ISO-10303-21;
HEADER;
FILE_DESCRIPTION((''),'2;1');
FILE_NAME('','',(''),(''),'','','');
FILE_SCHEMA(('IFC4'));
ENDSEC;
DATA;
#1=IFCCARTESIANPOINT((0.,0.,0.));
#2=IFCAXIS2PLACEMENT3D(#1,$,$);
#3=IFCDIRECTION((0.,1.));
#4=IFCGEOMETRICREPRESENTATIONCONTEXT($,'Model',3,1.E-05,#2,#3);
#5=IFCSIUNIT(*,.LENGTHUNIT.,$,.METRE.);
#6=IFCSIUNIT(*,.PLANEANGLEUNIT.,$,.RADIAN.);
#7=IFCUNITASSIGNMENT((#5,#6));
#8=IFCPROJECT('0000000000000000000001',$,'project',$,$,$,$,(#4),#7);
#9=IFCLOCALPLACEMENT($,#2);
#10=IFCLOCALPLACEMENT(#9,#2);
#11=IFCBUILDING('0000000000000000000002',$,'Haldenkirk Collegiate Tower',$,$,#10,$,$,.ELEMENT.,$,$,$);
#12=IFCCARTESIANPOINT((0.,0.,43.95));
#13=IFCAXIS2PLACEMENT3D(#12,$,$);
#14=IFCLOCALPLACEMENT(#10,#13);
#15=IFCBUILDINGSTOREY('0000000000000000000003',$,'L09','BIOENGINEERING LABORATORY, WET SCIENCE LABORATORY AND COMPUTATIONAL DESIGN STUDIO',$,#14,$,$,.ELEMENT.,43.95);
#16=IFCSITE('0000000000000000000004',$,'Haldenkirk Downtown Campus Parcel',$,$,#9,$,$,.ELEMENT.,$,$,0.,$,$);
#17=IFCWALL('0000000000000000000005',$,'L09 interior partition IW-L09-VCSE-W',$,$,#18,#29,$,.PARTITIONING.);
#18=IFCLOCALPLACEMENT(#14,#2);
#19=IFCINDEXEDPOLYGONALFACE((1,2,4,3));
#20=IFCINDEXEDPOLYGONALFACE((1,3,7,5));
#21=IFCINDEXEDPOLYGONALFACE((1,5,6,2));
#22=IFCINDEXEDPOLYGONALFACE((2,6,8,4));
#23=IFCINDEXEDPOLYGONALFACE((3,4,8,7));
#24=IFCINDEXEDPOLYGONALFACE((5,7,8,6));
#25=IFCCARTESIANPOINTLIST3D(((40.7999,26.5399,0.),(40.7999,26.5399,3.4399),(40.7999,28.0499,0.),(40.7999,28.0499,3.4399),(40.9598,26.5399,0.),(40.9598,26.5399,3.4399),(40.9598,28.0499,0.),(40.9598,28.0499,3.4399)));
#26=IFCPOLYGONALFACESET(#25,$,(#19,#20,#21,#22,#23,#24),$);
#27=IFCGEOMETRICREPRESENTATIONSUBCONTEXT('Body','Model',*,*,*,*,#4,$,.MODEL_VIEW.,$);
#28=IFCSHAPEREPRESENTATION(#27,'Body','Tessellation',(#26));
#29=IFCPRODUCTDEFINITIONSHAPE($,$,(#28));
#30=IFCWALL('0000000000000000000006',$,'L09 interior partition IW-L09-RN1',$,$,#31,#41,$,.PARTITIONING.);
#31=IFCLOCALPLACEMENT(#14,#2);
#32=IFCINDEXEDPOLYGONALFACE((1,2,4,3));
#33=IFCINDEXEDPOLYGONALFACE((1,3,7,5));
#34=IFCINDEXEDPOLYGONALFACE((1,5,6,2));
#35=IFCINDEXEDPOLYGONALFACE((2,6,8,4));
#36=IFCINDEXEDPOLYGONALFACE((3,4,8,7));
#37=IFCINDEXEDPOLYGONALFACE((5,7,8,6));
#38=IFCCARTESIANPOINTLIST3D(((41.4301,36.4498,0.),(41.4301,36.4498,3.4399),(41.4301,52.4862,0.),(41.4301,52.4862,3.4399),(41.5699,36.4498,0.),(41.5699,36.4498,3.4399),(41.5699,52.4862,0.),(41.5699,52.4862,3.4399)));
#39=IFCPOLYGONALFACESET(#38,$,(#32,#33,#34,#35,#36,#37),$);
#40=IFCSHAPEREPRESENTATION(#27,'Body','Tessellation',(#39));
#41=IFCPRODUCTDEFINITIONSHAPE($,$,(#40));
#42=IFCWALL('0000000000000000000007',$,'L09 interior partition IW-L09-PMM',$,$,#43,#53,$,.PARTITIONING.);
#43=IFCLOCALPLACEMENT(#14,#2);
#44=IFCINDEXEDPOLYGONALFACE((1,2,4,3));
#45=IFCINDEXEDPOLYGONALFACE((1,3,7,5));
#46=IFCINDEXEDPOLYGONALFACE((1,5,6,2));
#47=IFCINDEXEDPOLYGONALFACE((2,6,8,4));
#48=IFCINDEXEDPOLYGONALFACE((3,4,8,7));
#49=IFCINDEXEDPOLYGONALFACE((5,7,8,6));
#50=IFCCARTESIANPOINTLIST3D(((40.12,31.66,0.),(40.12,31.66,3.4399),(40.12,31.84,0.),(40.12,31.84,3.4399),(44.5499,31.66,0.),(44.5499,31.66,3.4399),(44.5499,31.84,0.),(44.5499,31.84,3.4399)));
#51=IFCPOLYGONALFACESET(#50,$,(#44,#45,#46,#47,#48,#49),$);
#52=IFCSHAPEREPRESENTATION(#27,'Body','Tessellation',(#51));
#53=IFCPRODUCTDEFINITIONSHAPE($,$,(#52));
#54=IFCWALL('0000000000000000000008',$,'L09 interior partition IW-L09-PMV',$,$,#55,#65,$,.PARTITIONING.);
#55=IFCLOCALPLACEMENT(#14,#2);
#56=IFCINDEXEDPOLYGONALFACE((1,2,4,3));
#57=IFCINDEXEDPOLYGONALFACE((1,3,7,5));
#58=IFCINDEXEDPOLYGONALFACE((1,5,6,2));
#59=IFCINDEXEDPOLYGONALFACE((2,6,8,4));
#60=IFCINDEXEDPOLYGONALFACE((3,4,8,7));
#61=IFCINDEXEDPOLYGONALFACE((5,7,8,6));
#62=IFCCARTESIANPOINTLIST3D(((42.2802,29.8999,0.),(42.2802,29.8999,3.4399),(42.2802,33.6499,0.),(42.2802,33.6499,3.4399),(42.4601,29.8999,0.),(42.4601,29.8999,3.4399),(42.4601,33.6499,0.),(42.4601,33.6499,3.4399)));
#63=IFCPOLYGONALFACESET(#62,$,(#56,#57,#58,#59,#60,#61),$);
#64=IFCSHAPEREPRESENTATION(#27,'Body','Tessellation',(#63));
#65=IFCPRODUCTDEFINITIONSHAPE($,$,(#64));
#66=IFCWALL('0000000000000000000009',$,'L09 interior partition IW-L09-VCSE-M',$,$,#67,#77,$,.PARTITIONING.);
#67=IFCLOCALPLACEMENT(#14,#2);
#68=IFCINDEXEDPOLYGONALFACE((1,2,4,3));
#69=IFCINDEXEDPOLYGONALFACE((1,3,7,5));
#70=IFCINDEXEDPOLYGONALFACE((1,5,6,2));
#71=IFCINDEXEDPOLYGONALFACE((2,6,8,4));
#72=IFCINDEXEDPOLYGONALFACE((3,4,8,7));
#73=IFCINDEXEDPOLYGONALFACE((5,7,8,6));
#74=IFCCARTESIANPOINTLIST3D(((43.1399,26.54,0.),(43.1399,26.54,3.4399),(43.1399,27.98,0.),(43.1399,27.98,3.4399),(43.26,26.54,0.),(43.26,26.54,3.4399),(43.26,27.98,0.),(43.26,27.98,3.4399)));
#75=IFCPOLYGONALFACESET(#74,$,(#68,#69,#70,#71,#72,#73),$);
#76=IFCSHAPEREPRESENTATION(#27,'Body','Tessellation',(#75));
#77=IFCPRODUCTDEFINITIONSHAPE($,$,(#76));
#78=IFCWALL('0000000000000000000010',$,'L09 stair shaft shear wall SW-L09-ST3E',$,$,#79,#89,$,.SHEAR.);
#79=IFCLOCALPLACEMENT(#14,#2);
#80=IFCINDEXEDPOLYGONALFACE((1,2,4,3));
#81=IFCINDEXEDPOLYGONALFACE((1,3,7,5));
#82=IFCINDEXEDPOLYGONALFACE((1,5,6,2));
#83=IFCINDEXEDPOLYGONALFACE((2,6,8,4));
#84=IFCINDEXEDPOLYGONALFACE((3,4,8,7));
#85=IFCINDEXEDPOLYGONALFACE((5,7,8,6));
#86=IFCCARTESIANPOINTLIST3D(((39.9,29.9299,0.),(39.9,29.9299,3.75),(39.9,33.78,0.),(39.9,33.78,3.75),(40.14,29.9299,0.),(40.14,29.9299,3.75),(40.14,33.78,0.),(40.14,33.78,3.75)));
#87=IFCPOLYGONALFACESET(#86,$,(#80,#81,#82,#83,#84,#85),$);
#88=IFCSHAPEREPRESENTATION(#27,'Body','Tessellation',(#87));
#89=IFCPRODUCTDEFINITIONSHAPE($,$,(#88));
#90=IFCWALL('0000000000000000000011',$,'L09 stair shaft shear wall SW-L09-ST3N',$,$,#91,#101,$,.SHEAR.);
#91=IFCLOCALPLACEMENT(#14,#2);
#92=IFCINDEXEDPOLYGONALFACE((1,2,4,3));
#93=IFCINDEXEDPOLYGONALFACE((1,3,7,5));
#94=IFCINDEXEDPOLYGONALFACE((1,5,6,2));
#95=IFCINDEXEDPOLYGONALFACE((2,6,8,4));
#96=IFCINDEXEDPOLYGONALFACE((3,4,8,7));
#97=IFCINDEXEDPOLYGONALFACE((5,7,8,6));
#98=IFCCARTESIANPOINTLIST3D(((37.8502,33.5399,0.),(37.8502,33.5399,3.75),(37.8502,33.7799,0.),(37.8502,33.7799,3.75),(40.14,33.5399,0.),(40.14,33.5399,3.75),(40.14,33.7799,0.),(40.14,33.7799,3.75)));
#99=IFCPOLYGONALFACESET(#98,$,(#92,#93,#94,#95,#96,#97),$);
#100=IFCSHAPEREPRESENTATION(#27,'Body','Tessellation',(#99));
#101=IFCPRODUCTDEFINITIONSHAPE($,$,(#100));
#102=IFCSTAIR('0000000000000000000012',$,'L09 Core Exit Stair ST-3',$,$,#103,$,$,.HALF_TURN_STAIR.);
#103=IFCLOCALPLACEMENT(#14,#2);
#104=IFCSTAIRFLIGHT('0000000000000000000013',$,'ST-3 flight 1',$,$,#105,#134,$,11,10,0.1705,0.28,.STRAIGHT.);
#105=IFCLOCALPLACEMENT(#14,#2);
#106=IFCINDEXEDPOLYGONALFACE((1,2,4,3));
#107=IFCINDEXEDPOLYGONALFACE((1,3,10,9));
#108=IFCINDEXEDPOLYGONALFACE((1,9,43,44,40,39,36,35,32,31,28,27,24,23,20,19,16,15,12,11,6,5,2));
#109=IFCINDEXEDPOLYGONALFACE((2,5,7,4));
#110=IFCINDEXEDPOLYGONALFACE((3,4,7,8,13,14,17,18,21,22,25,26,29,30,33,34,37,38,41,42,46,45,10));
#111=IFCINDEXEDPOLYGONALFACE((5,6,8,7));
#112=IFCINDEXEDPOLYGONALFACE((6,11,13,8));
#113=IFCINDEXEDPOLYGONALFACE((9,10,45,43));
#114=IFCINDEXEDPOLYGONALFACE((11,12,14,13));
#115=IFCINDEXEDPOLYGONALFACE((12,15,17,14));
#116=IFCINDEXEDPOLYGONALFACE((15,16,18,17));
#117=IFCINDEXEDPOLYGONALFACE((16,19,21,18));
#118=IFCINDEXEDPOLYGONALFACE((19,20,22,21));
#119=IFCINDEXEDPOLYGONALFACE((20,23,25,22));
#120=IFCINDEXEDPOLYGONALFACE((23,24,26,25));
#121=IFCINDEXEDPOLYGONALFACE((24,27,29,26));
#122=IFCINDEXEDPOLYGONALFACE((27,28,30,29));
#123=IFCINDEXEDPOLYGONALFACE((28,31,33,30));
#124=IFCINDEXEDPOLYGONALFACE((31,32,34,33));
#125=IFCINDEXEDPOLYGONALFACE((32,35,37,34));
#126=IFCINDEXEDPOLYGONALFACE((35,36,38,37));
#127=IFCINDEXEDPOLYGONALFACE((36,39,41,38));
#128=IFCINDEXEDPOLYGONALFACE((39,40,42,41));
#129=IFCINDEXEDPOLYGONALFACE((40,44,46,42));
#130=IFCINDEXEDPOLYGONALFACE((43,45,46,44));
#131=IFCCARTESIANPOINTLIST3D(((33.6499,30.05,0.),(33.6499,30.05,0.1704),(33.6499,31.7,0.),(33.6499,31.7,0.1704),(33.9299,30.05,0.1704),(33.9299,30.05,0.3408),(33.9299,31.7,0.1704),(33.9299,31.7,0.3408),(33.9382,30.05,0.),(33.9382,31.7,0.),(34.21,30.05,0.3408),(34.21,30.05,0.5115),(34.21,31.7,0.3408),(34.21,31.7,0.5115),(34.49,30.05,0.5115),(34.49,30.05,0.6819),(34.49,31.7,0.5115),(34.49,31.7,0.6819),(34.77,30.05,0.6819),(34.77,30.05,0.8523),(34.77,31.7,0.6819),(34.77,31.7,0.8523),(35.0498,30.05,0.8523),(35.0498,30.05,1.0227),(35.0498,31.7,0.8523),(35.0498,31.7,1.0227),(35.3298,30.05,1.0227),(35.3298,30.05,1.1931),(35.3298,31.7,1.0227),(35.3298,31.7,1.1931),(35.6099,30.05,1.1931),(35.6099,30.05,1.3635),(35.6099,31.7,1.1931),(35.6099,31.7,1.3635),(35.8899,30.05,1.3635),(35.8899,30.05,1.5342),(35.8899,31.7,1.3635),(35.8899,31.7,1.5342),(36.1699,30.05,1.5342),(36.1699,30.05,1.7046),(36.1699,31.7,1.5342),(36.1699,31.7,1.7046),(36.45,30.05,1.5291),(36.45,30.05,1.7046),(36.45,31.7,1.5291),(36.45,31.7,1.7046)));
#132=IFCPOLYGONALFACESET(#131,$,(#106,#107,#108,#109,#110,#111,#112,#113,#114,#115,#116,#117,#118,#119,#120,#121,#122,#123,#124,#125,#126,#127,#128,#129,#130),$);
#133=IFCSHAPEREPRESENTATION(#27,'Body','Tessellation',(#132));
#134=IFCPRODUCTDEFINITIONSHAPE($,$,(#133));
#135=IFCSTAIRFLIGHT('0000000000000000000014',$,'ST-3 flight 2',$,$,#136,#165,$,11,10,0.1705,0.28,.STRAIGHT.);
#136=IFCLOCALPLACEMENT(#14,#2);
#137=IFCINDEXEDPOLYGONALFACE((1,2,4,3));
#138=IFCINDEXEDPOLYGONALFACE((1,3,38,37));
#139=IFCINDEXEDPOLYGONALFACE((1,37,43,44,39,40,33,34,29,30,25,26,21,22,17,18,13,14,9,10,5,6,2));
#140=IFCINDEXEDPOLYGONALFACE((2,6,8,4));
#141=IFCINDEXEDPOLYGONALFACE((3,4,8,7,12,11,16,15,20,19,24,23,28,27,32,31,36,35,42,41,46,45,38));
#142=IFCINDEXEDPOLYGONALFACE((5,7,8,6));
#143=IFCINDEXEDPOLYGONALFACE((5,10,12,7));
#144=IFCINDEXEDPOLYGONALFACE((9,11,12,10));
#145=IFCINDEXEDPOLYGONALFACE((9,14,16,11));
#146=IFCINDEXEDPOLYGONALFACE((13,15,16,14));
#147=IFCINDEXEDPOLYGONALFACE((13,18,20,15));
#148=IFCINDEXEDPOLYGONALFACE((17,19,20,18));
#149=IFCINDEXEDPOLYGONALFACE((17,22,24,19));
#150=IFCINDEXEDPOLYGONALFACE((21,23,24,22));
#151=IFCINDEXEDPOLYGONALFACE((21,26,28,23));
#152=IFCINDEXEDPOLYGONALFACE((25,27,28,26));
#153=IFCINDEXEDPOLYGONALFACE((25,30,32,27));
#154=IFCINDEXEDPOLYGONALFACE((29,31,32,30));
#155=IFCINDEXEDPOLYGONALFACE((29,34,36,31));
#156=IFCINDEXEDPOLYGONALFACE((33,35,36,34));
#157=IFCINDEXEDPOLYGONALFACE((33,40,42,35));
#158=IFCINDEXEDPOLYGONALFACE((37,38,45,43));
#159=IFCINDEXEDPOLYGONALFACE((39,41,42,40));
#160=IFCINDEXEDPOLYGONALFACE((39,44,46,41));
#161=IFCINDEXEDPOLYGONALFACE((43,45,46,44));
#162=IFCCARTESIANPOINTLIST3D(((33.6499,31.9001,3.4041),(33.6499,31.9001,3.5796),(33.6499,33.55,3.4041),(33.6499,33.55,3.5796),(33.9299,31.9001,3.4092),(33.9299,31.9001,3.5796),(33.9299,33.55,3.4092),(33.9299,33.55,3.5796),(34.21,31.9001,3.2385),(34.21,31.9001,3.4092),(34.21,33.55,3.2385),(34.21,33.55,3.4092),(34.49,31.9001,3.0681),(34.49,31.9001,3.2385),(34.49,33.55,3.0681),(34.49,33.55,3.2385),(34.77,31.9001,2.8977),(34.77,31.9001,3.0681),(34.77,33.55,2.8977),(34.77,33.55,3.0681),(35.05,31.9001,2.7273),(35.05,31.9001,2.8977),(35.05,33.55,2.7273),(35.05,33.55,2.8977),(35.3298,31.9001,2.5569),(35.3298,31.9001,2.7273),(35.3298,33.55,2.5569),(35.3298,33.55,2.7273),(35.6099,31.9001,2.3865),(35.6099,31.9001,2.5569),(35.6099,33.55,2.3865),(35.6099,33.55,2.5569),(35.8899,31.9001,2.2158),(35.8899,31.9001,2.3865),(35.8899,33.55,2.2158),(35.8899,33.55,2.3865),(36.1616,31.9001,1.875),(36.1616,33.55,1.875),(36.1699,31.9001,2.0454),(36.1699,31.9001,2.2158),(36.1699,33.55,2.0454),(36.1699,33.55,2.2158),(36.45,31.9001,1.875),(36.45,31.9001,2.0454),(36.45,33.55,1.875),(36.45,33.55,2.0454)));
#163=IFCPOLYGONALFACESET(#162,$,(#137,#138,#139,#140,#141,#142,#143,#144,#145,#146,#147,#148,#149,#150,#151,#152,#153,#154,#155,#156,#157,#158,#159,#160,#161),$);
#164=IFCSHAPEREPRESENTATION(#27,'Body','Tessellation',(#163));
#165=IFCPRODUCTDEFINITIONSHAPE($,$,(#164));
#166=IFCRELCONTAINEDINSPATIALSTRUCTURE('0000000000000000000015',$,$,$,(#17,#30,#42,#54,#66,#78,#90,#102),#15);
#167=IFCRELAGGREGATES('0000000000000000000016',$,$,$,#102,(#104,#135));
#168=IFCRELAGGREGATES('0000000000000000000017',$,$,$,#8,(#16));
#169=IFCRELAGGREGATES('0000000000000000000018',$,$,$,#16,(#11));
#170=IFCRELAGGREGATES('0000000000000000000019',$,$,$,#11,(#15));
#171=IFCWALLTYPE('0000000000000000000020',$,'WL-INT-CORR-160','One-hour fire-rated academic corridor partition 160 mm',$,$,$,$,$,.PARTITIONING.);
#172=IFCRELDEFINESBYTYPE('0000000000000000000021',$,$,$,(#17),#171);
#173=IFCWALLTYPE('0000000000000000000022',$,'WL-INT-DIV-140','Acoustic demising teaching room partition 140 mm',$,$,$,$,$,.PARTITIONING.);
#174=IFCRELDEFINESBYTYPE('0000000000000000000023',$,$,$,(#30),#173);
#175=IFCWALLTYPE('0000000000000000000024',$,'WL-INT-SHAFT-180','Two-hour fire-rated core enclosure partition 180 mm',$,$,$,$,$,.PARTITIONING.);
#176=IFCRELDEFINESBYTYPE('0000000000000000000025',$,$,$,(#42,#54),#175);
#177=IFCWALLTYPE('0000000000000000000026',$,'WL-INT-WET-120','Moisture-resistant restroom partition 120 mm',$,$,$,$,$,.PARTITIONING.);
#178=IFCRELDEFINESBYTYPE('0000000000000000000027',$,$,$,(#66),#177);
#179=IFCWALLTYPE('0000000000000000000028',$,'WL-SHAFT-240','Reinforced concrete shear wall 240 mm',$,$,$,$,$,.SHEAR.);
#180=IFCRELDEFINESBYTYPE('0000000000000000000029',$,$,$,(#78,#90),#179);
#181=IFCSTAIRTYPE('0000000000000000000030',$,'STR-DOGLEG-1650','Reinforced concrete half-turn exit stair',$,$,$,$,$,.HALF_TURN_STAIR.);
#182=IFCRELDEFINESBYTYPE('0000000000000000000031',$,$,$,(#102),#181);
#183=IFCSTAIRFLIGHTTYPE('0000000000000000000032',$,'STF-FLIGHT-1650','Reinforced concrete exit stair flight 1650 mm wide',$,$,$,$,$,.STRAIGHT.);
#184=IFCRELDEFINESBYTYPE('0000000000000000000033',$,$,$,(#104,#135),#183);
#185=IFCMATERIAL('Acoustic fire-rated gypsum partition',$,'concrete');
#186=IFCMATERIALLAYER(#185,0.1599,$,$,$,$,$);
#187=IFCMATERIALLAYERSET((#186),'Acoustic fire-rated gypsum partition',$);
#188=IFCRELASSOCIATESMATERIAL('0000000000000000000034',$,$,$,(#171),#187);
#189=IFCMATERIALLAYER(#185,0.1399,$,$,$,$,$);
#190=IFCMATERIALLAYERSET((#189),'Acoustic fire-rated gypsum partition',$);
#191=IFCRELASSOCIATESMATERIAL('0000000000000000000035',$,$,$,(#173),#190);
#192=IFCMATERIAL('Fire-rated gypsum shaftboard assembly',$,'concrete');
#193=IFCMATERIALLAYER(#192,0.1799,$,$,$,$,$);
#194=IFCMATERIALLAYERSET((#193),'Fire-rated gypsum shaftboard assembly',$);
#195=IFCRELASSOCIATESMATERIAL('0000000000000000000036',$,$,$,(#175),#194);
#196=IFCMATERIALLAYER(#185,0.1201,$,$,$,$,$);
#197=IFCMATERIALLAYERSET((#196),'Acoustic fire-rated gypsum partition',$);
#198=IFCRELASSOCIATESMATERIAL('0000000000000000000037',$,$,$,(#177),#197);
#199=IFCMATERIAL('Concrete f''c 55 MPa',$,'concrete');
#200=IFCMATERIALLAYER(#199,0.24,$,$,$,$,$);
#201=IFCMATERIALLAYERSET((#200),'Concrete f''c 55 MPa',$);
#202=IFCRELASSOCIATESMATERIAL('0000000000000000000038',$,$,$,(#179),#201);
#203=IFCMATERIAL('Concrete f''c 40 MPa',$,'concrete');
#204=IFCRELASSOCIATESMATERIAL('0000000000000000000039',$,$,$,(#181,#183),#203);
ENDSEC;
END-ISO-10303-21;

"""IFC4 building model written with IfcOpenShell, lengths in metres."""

from ifc_helpers import new_model, si_unit, direction, frame, frame_2d, origin, place, context, subcontext, project, spatial, polyline, rectangle, outline, extrude, material, layer, layer_set, type_object, element, aggregate, save


model = new_model("IFC4")

# Units and contexts
model_context = context("Model", 3, precision=1e-05, world=origin(), true_north=direction((0.0, 1.0)))
body_context = subcontext(model_context, "Body", "Model", "MODEL_VIEW")
ifc_project = project(units=[si_unit("LENGTHUNIT", "METRE"), si_unit("PLANEANGLEUNIT", "RADIAN")], contexts=[model_context])

# Site, building, storey
site_placement = place(None, origin())
site = spatial("IfcSite", under=ifc_project, at=site_placement, Name="Haldenkirk Downtown Campus Parcel", CompositionType="ELEMENT", RefElevation=0.0)
building_placement = place(site_placement, origin())
building = spatial("IfcBuilding", under=site, at=building_placement, Name="Haldenkirk Collegiate Tower", CompositionType="ELEMENT")
storey_placement = place(building_placement, frame((0.0, 0.0, 43.95)))
storey = spatial("IfcBuildingStorey", under=building, at=storey_placement, Name="L09", Description="BIOENGINEERING LABORATORY, WET SCIENCE LABORATORY AND COMPUTATIONAL DESIGN STUDIO", CompositionType="ELEMENT", Elevation=43.95)

# Shared definitions
ifc_material_1 = material(Name="Acoustic fire-rated gypsum partition", Category="concrete")
ifc_layer_1 = layer(ifc_material_1, 0.1599)
ifc_layer_set_1 = layer_set([ifc_layer_1], Name="Acoustic fire-rated gypsum partition")
wall_type_1 = type_object("IfcWallType", Name="WL-INT-CORR-160", Description="One-hour fire-rated academic corridor partition 160 mm", PredefinedType="PARTITIONING", material=ifc_layer_set_1)

# Walls
wall_1_placement = place(storey_placement, frame((40.8799, 26.54, 0.0), z_axis=(0.0, 0.0, 1.0), x_axis=(0.0, 1.0, 0.0)))
element("IfcWall", 1, at=wall_1_placement, inside=storey, type_object=wall_type_1, Name="L09 interior partition IW-L09-VCSE-W", PredefinedType="PARTITIONING", context=body_context, shape_type="SweptSolid", body=[
    extrude(rectangle(XDim=1.51, YDim=0.1599, at=frame_2d((0.7549, 0.0))), origin(), (0.0, 0.0, 1.0), 3.4399),
])
ifc_layer_2 = layer(ifc_material_1, 0.1399)
ifc_layer_set_2 = layer_set([ifc_layer_2], Name="Acoustic fire-rated gypsum partition")
wall_type_2 = type_object("IfcWallType", Name="WL-INT-DIV-140", Description="Acoustic demising teaching room partition 140 mm", PredefinedType="PARTITIONING", material=ifc_layer_set_2)
wall_2_placement = place(storey_placement, frame((41.5, 36.45, 0.0), z_axis=(0.0, 0.0, 1.0), x_axis=(0.0, 1.0, 0.0)))
element("IfcWall", 2, at=wall_2_placement, inside=storey, type_object=wall_type_2, Name="L09 interior partition IW-L09-RN1", PredefinedType="PARTITIONING", context=body_context, shape_type="SweptSolid", body=[
    extrude(rectangle(XDim=16.0364, YDim=0.1399, at=frame_2d((8.0181, 0.0))), origin(), (0.0, 0.0, 1.0), 3.4399),
])

# Shared definitions
ifc_material_2 = material(Name="Fire-rated gypsum shaftboard assembly", Category="concrete")
ifc_layer_3 = layer(ifc_material_2, 0.1799)
ifc_layer_set_3 = layer_set([ifc_layer_3], Name="Fire-rated gypsum shaftboard assembly")
wall_type_3 = type_object("IfcWallType", Name="WL-INT-SHAFT-180", Description="Two-hour fire-rated core enclosure partition 180 mm", PredefinedType="PARTITIONING", material=ifc_layer_set_3)

# Walls
wall_3_placement = place(storey_placement, frame((40.1201, 31.75, 0.0), z_axis=(0.0, 0.0, 1.0), x_axis=(1.0, 0.0, 0.0)))
element("IfcWall", 3, at=wall_3_placement, inside=storey, type_object=wall_type_3, Name="L09 interior partition IW-L09-PMM", PredefinedType="PARTITIONING", context=body_context, shape_type="SweptSolid", body=[
    extrude(rectangle(XDim=4.4299, YDim=0.1799, at=frame_2d((2.2148, 0.0))), origin(), (0.0, 0.0, 1.0), 3.4399),
])
wall_4_placement = place(storey_placement, frame((42.3701, 29.8999, 0.0), z_axis=(0.0, 0.0, 1.0), x_axis=(0.0, 1.0, 0.0)))
element("IfcWall", 4, at=wall_4_placement, inside=storey, type_object=wall_type_3, Name="L09 interior partition IW-L09-PMV", PredefinedType="PARTITIONING", context=body_context, shape_type="SweptSolid", body=[
    extrude(rectangle(XDim=3.75, YDim=0.1799, at=frame_2d((1.875, 0.0))), origin(), (0.0, 0.0, 1.0), 3.4399),
])
ifc_layer_4 = layer(ifc_material_1, 0.1201)
ifc_layer_set_4 = layer_set([ifc_layer_4], Name="Acoustic fire-rated gypsum partition")
wall_type_4 = type_object("IfcWallType", Name="WL-INT-WET-120", Description="Moisture-resistant restroom partition 120 mm", PredefinedType="PARTITIONING", material=ifc_layer_set_4)
wall_5_placement = place(storey_placement, frame((43.2, 26.54, 0.0), z_axis=(0.0, 0.0, 1.0), x_axis=(0.0, 1.0, 0.0)))
element("IfcWall", 5, at=wall_5_placement, inside=storey, type_object=wall_type_4, Name="L09 interior partition IW-L09-VCSE-M", PredefinedType="PARTITIONING", context=body_context, shape_type="SweptSolid", body=[
    extrude(rectangle(XDim=1.4399, YDim=0.1201, at=frame_2d((0.72, 0.0))), origin(), (0.0, 0.0, 1.0), 3.4399),
])
ifc_material_3 = material(Name="Concrete f'c 55 MPa", Category="concrete")
ifc_layer_5 = layer(ifc_material_3, 0.24)
ifc_layer_set_5 = layer_set([ifc_layer_5], Name="Concrete f'c 55 MPa")
wall_type_5 = type_object("IfcWallType", Name="WL-SHAFT-240", Description="Reinforced concrete shear wall 240 mm", PredefinedType="SHEAR", material=ifc_layer_set_5)
wall_6_placement = place(storey_placement, frame((40.02, 29.9299, 0.0), z_axis=(0.0, 0.0, 1.0), x_axis=(0.0, 1.0, 0.0)))
element("IfcWall", 6, at=wall_6_placement, inside=storey, type_object=wall_type_5, Name="L09 stair shaft shear wall SW-L09-ST3E", PredefinedType="SHEAR", context=body_context, shape_type="SweptSolid", body=[
    extrude(rectangle(XDim=3.8501, YDim=0.24, at=frame_2d((1.925, 0.0))), origin(), (0.0, 0.0, 1.0), 3.75),
])
wall_7_placement = place(storey_placement, frame((37.8501, 33.6599, 0.0), z_axis=(0.0, 0.0, 1.0), x_axis=(1.0, 0.0, 0.0)))
element("IfcWall", 7, at=wall_7_placement, inside=storey, type_object=wall_type_5, Name="L09 stair shaft shear wall SW-L09-ST3N", PredefinedType="SHEAR", context=body_context, shape_type="SweptSolid", body=[
    extrude(rectangle(XDim=2.2898, YDim=0.24, at=frame_2d((1.145, 0.0))), origin(), (0.0, 0.0, 1.0), 3.75),
])

# Stair, stair flights
ifc_material_4 = material(Name="Concrete f'c 40 MPa", Category="concrete")
stair_type = type_object("IfcStairType", Name="STR-DOGLEG-1650", Description="Reinforced concrete half-turn exit stair", PredefinedType="HALF_TURN_STAIR", material=ifc_material_4)
stair_placement = place(storey_placement, origin())
stair = element("IfcStair", 8, at=stair_placement, inside=storey, type_object=stair_type, Name="L09 Core Exit Stair ST-3", PredefinedType="HALF_TURN_STAIR")
stair_flight_type = type_object("IfcStairFlightType", Name="STF-FLIGHT-1650", Description="Reinforced concrete exit stair flight 1650 mm wide", PredefinedType="STRAIGHT", material=ifc_material_4)
stair_flight_1_placement = place(storey_placement, frame((33.6499, 30.875, 0.0), z_axis=(0.0, 0.0, 1.0), x_axis=(1.0, 0.0, 0.0)))
stair_flight_1 = element("IfcStairFlight", 9, at=stair_flight_1_placement, type_object=stair_flight_type, Name="ST-3 flight 1", NumberOfRisers=11, NumberOfTreads=10, PredefinedType="STRAIGHT", RiserHeight=0.1705, TreadLength=0.28, context=body_context, shape_type="SweptSolid", body=[
    extrude(outline(polyline([(0.0, 0.0), (0.0, 0.1704), (0.28, 0.1704), (0.28, 0.3408), (0.5601, 0.3408), (0.5601, 0.5115), (0.8401, 0.5115), (0.8401, 0.6819), (1.1201, 0.6819), (1.1201, 0.8523), (1.3999, 0.8523), (1.3999, 1.0227), (1.6799, 1.0227), (1.6799, 1.1931), (1.96, 1.1931), (1.96, 1.3635), (2.24, 1.3635), (2.24, 1.5342), (2.52, 1.5342), (2.52, 1.7046), (2.8, 1.7046), (2.8, 1.875), (2.8, 1.5291), (0.2883, 0.0), (0.0, 0.0)])), frame((0.0, 0.825, 0.0), z_axis=(0.0, -1.0, 0.0), x_axis=(1.0, 0.0, 0.0)), (0.0, 0.0, 1.0), 1.6499),
])
stair_flight_2_placement = place(storey_placement, frame((36.45, 32.7251, 1.875), z_axis=(0.0, 0.0, 1.0), x_axis=(-1.0, 0.0, 0.0)))
stair_flight_2 = element("IfcStairFlight", 10, at=stair_flight_2_placement, type_object=stair_flight_type, Name="ST-3 flight 2", NumberOfRisers=11, NumberOfTreads=10, PredefinedType="STRAIGHT", RiserHeight=0.1705, TreadLength=0.28, context=body_context, shape_type="SweptSolid", body=[
    extrude(outline(polyline([(0.0, 0.0), (0.0, 0.1704), (0.28, 0.1704), (0.28, 0.3408), (0.5601, 0.3408), (0.5601, 0.5115), (0.8401, 0.5115), (0.8401, 0.6819), (1.1201, 0.6819), (1.1201, 0.8523), (1.3999, 0.8523), (1.3999, 1.0227), (1.6799, 1.0227), (1.6799, 1.1931), (1.96, 1.1931), (1.96, 1.3635), (2.24, 1.3635), (2.24, 1.5342), (2.52, 1.5342), (2.52, 1.7046), (2.8, 1.7046), (2.8, 1.875), (2.8, 1.5291), (0.2883, 0.0), (0.0, 0.0)])), frame((0.0, 0.825, 0.0), z_axis=(0.0, -1.0, 0.0), x_axis=(1.0, 0.0, 0.0)), (0.0, 0.0, 1.0), 1.6499),
])
aggregate(stair, [stair_flight_1, stair_flight_2])

save(model, "model.ifc")
